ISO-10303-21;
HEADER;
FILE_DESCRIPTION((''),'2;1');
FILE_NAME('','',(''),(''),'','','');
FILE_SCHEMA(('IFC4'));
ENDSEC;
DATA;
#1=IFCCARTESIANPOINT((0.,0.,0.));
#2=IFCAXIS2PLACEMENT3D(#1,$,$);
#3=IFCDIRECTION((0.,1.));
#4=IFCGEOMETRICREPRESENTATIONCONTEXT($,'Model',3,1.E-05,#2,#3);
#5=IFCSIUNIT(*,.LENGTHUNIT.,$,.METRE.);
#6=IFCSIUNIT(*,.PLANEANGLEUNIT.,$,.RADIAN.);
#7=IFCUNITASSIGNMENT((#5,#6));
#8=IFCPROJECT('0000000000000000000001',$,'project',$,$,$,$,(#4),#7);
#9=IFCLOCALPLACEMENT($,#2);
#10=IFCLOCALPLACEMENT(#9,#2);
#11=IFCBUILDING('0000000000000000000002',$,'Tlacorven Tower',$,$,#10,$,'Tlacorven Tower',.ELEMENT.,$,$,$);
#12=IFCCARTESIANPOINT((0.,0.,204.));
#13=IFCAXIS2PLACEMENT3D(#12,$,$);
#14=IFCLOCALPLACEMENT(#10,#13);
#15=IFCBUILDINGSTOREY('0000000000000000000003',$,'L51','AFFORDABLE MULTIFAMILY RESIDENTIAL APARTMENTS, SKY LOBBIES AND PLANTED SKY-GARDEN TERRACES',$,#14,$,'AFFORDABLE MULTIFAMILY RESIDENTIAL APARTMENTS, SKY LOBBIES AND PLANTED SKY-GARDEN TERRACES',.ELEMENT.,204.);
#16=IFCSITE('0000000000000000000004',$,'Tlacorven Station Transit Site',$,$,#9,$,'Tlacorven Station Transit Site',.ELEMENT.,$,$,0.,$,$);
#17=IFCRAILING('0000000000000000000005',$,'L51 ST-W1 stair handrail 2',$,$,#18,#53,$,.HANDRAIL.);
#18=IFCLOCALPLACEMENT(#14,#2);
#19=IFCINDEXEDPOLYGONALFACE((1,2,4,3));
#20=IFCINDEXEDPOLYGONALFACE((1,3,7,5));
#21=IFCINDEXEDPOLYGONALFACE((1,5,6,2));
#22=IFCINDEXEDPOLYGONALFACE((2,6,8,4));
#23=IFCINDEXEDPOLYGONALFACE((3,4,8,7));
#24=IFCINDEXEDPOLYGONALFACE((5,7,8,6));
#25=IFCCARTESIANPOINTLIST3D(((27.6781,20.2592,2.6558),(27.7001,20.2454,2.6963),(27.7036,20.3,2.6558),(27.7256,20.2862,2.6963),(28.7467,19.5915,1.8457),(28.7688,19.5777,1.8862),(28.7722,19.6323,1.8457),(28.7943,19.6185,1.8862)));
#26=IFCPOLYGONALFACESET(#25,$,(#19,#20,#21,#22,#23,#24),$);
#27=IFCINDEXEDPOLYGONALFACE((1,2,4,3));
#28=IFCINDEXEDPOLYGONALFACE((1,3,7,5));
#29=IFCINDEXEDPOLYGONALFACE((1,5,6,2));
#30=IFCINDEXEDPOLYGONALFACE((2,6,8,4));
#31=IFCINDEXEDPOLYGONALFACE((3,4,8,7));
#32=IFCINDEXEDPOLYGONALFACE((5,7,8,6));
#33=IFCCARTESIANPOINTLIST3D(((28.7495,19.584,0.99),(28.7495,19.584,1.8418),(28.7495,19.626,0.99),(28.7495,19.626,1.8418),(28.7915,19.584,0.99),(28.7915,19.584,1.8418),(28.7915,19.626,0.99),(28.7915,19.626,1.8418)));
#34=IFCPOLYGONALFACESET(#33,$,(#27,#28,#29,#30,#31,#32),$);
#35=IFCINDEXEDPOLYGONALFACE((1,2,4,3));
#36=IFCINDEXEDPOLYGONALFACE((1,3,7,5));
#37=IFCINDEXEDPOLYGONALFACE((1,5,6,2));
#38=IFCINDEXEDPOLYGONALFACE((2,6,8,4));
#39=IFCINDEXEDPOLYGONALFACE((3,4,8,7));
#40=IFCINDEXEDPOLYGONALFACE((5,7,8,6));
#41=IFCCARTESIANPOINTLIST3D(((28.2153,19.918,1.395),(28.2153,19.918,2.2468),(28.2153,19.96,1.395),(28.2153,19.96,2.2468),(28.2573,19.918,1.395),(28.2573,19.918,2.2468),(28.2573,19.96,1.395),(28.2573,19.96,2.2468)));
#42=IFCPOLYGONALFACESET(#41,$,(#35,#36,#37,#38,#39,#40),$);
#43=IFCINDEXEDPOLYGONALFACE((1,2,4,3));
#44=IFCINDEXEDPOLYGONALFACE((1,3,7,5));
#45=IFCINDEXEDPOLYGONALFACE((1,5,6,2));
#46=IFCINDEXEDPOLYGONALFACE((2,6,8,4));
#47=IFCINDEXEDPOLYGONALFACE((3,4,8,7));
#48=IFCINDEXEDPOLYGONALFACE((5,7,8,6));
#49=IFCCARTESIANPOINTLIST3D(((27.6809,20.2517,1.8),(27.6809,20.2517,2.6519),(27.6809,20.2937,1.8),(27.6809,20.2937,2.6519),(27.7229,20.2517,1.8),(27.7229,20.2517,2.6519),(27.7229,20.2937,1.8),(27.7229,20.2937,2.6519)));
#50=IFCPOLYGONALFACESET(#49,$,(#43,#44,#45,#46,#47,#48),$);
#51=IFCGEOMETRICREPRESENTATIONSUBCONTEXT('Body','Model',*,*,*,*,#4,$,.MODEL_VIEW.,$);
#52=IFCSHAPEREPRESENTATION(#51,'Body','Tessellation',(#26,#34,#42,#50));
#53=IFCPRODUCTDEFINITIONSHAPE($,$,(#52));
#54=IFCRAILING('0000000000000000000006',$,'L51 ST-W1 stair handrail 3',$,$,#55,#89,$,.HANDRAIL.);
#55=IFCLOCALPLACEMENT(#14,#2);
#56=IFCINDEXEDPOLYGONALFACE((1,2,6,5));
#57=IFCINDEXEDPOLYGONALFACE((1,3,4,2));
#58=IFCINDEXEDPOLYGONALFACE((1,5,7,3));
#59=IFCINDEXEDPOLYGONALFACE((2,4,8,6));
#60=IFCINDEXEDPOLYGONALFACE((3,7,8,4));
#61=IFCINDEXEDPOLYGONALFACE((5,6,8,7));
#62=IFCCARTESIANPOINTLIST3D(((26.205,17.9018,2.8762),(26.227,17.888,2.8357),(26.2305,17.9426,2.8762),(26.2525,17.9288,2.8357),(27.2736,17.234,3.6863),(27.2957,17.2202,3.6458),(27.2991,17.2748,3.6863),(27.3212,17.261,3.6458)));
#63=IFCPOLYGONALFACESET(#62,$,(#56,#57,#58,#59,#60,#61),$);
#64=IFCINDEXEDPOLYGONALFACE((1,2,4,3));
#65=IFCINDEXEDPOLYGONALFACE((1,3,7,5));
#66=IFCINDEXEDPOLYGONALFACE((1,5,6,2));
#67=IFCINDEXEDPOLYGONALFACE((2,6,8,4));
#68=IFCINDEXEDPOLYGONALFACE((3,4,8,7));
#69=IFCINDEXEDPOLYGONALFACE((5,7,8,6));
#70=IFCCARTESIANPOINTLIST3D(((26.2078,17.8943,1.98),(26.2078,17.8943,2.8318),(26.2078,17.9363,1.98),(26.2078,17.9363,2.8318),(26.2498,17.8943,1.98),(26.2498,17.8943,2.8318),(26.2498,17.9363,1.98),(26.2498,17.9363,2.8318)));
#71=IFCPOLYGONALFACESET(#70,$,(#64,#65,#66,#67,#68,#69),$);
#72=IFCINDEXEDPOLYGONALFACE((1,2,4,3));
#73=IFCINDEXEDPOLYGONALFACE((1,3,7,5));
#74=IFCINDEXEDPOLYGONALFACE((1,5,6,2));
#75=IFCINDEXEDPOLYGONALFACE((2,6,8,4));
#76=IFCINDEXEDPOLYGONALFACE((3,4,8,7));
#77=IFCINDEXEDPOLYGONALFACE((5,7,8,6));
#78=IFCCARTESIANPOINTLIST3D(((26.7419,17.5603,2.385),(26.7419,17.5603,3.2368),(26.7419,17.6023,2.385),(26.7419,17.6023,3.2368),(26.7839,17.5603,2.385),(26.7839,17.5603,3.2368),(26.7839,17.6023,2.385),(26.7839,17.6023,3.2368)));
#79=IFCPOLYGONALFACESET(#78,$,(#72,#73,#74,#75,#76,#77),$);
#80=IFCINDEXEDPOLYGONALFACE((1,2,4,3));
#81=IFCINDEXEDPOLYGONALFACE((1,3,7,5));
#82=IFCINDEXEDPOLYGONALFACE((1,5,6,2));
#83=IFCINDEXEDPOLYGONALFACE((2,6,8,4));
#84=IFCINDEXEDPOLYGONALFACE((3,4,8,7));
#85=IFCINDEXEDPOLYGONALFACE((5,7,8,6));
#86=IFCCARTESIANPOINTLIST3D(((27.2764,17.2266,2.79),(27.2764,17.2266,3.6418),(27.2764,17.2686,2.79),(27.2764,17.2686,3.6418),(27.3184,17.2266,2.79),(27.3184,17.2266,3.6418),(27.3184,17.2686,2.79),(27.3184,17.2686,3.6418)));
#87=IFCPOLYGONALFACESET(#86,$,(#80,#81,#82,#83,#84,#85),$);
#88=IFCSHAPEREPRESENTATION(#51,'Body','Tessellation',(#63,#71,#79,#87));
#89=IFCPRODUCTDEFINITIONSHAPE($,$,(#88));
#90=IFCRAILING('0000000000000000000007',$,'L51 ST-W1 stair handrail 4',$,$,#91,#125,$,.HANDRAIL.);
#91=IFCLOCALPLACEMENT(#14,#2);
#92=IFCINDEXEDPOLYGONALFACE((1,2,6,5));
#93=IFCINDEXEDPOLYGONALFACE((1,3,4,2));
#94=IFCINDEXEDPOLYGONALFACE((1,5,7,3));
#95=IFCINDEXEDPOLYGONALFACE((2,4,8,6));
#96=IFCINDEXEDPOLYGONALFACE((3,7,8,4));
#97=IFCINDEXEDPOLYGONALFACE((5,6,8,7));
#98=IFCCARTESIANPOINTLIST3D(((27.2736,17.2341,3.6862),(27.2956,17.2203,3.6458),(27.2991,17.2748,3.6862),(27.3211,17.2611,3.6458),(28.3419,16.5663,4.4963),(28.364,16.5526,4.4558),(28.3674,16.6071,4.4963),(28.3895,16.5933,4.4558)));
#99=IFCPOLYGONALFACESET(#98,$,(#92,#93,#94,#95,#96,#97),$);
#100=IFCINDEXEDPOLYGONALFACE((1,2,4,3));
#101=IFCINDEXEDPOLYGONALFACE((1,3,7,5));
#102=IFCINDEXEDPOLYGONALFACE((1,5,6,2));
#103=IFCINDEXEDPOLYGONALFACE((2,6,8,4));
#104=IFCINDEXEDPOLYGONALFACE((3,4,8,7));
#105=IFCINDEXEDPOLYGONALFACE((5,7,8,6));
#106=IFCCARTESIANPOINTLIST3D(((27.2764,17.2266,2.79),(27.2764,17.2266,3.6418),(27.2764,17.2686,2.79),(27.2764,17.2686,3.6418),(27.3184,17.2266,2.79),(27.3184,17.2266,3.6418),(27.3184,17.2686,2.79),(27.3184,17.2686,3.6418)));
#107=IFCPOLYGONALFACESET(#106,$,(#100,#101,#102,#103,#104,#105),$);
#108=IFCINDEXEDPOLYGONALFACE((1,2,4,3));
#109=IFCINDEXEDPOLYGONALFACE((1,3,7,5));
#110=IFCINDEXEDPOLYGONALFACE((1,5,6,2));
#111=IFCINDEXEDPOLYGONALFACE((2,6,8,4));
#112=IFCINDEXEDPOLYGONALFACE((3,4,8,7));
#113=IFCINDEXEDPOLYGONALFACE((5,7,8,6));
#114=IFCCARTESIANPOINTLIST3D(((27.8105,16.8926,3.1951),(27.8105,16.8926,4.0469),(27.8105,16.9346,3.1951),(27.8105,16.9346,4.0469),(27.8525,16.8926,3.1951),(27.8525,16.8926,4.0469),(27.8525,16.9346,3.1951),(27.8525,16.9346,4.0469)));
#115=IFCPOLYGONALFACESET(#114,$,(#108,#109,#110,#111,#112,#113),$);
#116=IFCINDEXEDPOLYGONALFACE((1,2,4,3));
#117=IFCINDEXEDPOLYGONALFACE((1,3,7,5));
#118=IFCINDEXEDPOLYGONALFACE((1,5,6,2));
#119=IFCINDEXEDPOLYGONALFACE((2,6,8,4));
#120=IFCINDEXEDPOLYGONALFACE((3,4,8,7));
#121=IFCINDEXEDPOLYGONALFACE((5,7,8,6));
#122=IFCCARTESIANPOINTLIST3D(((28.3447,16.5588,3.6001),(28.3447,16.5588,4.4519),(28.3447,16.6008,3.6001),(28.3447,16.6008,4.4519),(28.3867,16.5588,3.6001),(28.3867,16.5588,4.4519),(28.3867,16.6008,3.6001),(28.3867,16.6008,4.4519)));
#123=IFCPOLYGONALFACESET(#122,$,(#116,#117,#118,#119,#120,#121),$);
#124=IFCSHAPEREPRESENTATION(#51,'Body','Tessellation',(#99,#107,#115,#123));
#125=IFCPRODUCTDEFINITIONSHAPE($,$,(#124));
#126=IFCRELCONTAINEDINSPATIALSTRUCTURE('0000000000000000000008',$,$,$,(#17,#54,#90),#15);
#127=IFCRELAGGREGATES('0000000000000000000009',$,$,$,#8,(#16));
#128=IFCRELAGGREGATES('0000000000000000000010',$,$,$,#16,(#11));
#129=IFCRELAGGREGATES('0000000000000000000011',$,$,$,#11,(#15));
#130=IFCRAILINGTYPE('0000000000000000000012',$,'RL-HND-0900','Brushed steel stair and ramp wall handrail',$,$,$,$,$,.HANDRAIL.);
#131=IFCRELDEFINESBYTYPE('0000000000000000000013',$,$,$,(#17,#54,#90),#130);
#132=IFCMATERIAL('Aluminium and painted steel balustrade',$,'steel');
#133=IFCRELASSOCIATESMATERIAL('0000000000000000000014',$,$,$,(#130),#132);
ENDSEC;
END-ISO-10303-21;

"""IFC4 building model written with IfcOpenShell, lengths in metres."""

from ifc_helpers import new_model, si_unit, direction, frame, origin, origin_2d, place, context, subcontext, project, spatial, rectangle, extrude, source, transform, mapped, material, type_object, element, save


model = new_model("IFC4")

# Units and contexts
model_context = context("Model", 3, precision=1e-05, world=origin(), true_north=direction((0.0, 1.0)))
body_context = subcontext(model_context, "Body", "Model", "MODEL_VIEW")
ifc_project = project(units=[si_unit("LENGTHUNIT", "METRE"), si_unit("PLANEANGLEUNIT", "RADIAN")], contexts=[model_context])

# Site, building, storey
site_placement = place(None, origin())
site = spatial("IfcSite", under=ifc_project, at=site_placement, Name="Tlacorven Station Transit Site", LongName="Tlacorven Station Transit Site", CompositionType="ELEMENT", RefElevation=0.0)
building_placement = place(site_placement, origin())
building = spatial("IfcBuilding", under=site, at=building_placement, Name="Tlacorven Tower", LongName="Tlacorven Tower", CompositionType="ELEMENT")
storey_placement = place(building_placement, frame((0.0, 0.0, 204.0)))
storey = spatial("IfcBuildingStorey", under=building, at=storey_placement, Name="L51", Description="AFFORDABLE MULTIFAMILY RESIDENTIAL APARTMENTS, SKY LOBBIES AND PLANTED SKY-GARDEN TERRACES", LongName="AFFORDABLE MULTIFAMILY RESIDENTIAL APARTMENTS, SKY LOBBIES AND PLANTED SKY-GARDEN TERRACES", CompositionType="ELEMENT", Elevation=204.0)

# Railings
ifc_material_1 = material(Name="Aluminium and painted steel balustrade", Category="steel")
railing_type_1 = type_object("IfcRailingType", Name="RL-HND-0900", Description="Brushed steel stair and ramp wall handrail", PredefinedType="HANDRAIL", material=ifc_material_1)
shared_shape_1 = source(origin(), body_context, "Body", "SweptSolid", [
    extrude(rectangle(XDim=0.0481, YDim=0.0481, at=origin_2d()), frame((0.0, 0.0, 0.876), z_axis=(-0.71336, 0.445748, 0.540765), x_axis=(-0.529912, -0.848053, 0.0)), (0.0, 0.0, 1.0), 1.498),
    extrude(rectangle(XDim=0.042, YDim=0.042, at=origin_2d()), origin(), (0.0, 0.0, 1.0), 0.8518),
    extrude(rectangle(XDim=0.042, YDim=0.042, at=origin_2d()), frame((-0.5342, 0.334, 0.405)), (0.0, 0.0, 1.0), 0.8518),
    extrude(rectangle(XDim=0.042, YDim=0.042, at=origin_2d()), frame((-1.0686, 0.6677, 0.8101)), (0.0, 0.0, 1.0), 0.8518),
])
for number, where, name in (
    (1, (28.7705, 19.605, 0.99), "L51 ST-W1 stair handrail 2"),
):
    element("IfcRailing", number, at=place(storey_placement, frame(where)), inside=storey, type_object=railing_type_1, Name=name, PredefinedType="HANDRAIL", context=body_context, shape_type="MappedRepresentation", body=[
        mapped(shared_shape_1, transform((0.0, 0.0, 0.0), scale=1.0)),
    ])
shared_shape_2 = source(origin(), body_context, "Body", "SweptSolid", [
    extrude(rectangle(XDim=0.0481, YDim=0.0481, at=origin_2d()), frame((0.0, 0.0, 0.876), z_axis=(0.71336, -0.445748, 0.540765), x_axis=(0.529912, 0.848053, 0.0)), (0.0, 0.0, 1.0), 1.498),
    extrude(rectangle(XDim=0.042, YDim=0.042, at=origin_2d()), origin(), (0.0, 0.0, 1.0), 0.8518),
    extrude(rectangle(XDim=0.042, YDim=0.042, at=origin_2d()), frame((0.5342, -0.334, 0.405)), (0.0, 0.0, 1.0), 0.8518),
    extrude(rectangle(XDim=0.042, YDim=0.042, at=origin_2d()), frame((1.0686, -0.6677, 0.8101)), (0.0, 0.0, 1.0), 0.8518),
])
railing_1_placement = place(storey_placement, frame((26.2288, 17.9153, 1.98)))
element("IfcRailing", 2, at=railing_1_placement, inside=storey, type_object=railing_type_1, Name="L51 ST-W1 stair handrail 3", PredefinedType="HANDRAIL", context=body_context, shape_type="MappedRepresentation", body=[
    mapped(shared_shape_2, transform((0.0, 0.0, 0.0), scale=1.0)),
])
shared_shape_3 = source(origin(), body_context, "Body", "SweptSolid", [
    extrude(rectangle(XDim=0.0481, YDim=0.0481, at=origin_2d()), frame((0.0, 0.0, 0.876), z_axis=(0.71328, -0.4458, 0.540828), x_axis=(0.529999, 0.847998, 0.0)), (0.0, 0.0, 1.0), 1.4978),
    extrude(rectangle(XDim=0.042, YDim=0.042, at=origin_2d()), origin(), (0.0, 0.0, 1.0), 0.8518),
    extrude(rectangle(XDim=0.042, YDim=0.042, at=origin_2d()), frame((0.5342, -0.334, 0.405)), (0.0, 0.0, 1.0), 0.8518),
    extrude(rectangle(XDim=0.042, YDim=0.042, at=origin_2d()), frame((1.0684, -0.6677, 0.8101)), (0.0, 0.0, 1.0), 0.8518),
])
railing_2_placement = place(storey_placement, frame((27.2974, 17.2476, 2.79)))
element("IfcRailing", 3, at=railing_2_placement, inside=storey, type_object=railing_type_1, Name="L51 ST-W1 stair handrail 4", PredefinedType="HANDRAIL", context=body_context, shape_type="MappedRepresentation", body=[
    mapped(shared_shape_3, transform((0.0, 0.0, 0.0), scale=1.0)),
])

save(model, "model.ifc")
